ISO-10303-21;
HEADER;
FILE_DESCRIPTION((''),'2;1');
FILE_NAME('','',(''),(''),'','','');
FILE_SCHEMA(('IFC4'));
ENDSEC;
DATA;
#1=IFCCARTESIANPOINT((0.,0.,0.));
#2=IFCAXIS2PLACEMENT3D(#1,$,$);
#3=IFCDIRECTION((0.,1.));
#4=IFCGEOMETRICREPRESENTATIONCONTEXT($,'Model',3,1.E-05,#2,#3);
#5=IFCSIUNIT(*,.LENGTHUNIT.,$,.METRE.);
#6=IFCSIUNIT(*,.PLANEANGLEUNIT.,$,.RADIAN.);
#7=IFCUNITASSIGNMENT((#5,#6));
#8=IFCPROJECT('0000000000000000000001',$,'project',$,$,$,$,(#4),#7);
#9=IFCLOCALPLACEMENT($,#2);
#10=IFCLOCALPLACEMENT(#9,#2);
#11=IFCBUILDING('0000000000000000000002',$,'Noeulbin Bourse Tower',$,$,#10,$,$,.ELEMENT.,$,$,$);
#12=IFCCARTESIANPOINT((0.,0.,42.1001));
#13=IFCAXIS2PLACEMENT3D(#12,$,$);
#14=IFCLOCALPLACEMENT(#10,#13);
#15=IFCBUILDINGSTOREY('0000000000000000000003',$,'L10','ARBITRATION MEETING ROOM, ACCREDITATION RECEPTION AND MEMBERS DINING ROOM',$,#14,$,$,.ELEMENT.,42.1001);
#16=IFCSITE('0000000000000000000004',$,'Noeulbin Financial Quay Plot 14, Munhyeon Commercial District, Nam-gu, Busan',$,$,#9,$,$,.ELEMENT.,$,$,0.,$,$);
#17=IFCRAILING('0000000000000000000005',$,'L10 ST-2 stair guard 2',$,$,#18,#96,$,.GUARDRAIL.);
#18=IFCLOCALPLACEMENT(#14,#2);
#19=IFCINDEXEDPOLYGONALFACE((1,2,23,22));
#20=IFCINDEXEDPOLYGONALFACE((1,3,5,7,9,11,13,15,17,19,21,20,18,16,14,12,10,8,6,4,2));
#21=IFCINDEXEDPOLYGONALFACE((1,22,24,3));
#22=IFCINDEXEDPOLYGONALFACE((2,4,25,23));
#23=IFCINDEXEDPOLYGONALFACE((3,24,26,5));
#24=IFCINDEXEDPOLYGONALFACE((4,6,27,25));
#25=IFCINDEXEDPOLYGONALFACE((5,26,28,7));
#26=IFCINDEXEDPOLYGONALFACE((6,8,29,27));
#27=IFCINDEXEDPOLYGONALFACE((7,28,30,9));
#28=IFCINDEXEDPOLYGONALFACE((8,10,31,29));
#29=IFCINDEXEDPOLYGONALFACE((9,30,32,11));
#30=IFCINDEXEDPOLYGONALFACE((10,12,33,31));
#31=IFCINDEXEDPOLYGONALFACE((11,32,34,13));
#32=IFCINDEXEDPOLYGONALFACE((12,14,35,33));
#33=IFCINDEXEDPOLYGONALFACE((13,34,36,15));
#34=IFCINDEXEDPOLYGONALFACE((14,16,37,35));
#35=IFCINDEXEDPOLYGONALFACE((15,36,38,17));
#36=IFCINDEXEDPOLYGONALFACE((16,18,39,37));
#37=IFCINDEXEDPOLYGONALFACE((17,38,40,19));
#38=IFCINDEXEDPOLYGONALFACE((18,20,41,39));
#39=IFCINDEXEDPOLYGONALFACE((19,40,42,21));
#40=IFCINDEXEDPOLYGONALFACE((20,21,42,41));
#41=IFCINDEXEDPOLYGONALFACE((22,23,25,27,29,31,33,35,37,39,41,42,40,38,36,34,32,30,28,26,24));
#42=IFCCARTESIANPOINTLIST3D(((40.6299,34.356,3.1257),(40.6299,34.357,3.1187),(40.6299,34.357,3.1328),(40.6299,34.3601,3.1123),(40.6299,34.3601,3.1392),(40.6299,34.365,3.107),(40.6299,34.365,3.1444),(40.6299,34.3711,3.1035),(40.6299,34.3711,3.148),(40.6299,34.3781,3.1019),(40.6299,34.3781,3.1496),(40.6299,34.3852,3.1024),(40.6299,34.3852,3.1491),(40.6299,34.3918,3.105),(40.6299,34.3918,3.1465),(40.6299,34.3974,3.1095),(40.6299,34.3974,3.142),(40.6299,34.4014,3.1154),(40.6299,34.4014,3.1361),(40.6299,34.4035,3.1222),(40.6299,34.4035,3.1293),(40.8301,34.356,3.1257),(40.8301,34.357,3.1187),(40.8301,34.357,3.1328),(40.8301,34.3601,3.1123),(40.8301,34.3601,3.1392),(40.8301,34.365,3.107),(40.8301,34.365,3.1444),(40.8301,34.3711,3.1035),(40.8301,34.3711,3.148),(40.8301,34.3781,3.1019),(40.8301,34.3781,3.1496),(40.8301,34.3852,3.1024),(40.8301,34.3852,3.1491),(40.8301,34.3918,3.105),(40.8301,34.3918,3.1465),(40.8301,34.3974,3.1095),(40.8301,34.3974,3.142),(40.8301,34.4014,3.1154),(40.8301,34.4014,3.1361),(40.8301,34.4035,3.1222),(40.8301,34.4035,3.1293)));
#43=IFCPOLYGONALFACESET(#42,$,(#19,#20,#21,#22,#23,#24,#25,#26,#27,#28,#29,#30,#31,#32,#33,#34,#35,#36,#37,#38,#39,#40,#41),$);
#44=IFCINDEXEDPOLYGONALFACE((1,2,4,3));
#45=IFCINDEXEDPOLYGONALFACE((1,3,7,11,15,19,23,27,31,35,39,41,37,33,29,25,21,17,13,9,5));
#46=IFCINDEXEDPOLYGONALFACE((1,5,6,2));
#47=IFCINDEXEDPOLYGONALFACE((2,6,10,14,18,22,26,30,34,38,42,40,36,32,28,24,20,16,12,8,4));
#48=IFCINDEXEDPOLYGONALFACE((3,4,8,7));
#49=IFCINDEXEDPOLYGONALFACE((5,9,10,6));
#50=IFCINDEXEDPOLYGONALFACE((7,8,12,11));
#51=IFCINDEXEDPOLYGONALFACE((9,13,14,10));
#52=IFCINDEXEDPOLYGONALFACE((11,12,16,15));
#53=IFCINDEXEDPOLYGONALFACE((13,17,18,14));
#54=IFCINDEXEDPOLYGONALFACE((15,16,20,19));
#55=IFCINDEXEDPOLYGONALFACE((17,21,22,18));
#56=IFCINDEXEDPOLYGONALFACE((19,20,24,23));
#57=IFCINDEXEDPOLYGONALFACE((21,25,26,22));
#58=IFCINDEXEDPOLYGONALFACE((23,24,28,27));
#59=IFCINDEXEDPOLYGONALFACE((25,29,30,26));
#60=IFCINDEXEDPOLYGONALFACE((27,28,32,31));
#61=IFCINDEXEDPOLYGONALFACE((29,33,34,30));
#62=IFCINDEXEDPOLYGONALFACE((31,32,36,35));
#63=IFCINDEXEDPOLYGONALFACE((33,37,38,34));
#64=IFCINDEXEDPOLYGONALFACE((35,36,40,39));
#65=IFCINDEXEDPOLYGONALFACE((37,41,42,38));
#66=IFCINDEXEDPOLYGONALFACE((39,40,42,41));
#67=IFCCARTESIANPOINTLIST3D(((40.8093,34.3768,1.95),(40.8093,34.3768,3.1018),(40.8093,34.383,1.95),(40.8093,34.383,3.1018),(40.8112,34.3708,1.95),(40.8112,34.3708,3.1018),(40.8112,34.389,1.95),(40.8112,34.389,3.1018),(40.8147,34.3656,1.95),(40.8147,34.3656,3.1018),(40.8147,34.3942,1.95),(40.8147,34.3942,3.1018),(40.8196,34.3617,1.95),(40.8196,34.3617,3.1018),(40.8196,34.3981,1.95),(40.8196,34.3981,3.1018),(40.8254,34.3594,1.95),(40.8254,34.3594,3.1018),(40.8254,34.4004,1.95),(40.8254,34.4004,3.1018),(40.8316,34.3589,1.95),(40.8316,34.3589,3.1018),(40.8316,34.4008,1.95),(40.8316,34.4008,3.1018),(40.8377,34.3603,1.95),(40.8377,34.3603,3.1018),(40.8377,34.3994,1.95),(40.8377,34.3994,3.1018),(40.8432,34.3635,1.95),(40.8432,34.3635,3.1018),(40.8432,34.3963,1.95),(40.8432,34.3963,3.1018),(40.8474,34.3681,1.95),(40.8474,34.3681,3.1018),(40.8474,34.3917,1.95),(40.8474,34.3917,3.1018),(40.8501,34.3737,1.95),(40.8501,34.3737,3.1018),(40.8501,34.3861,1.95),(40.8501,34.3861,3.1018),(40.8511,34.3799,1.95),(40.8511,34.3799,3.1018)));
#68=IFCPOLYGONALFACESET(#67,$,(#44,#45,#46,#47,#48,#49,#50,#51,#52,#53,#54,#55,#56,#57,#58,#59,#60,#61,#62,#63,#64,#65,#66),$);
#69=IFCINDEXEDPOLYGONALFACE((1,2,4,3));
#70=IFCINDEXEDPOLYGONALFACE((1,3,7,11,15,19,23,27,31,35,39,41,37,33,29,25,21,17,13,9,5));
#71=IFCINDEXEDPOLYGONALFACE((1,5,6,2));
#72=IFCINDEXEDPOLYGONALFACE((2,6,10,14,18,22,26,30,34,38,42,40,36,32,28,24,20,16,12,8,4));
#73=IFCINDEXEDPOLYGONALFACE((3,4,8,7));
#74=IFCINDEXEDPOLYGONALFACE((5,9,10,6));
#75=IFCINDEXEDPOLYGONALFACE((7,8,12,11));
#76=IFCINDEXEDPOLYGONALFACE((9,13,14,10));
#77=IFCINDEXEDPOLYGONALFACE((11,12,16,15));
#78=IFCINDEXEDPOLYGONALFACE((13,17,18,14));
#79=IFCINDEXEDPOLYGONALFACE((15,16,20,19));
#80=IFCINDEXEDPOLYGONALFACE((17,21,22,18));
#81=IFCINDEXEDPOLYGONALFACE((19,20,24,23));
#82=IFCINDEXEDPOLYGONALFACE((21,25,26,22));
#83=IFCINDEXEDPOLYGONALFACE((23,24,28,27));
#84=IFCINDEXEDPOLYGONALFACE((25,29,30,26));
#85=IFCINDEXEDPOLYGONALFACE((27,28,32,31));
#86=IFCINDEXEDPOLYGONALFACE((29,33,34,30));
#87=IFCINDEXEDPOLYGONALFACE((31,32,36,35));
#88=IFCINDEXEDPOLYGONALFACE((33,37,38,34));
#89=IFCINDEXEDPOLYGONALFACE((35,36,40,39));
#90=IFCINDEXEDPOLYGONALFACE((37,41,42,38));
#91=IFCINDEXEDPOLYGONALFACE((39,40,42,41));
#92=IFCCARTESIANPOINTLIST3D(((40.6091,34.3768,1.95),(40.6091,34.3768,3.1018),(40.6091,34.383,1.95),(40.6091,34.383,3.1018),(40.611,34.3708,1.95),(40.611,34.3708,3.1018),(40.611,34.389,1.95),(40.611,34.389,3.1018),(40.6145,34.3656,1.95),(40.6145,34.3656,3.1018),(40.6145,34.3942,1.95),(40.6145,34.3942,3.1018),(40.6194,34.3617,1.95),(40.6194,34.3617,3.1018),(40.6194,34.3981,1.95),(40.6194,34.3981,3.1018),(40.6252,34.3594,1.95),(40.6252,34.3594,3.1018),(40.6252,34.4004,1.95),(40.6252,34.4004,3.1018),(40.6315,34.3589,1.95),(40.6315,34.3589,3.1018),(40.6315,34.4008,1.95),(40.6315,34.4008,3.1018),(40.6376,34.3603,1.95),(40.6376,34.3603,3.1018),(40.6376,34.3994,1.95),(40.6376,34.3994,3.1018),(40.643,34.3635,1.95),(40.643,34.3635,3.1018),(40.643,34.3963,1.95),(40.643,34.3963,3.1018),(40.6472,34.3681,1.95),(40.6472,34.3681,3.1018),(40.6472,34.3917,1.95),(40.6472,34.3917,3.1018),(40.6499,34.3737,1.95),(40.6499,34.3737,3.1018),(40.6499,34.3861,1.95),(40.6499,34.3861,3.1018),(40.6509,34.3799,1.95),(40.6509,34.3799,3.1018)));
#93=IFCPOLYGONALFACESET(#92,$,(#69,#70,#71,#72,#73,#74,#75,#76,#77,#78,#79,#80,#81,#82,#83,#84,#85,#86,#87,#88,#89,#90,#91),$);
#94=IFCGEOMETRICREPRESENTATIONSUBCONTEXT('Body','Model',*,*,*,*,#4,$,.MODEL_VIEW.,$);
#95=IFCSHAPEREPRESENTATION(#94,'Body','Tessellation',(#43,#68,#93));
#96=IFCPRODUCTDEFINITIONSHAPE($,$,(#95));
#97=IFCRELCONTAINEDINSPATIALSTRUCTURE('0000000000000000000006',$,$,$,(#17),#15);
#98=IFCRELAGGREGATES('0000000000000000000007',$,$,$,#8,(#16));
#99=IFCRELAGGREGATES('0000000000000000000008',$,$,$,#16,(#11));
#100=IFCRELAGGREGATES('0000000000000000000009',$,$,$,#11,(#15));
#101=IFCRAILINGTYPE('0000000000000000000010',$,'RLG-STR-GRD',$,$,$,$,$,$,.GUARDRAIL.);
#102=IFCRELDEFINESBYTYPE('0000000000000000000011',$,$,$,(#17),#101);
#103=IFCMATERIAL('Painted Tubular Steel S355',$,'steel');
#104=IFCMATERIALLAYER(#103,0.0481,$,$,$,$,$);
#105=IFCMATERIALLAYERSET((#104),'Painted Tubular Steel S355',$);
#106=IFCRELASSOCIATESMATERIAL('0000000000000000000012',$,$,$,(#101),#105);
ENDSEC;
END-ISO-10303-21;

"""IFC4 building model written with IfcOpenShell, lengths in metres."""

from ifc_helpers import new_model, si_unit, direction, frame, origin, origin_2d, place, context, subcontext, project, spatial, circle, extrude, material, layer, layer_set, type_object, element, save


model = new_model("IFC4")

# Units and contexts
model_context = context("Model", 3, precision=1e-05, world=origin(), true_north=direction((0.0, 1.0)))
body_context = subcontext(model_context, "Body", "Model", "MODEL_VIEW")
ifc_project = project(units=[si_unit("LENGTHUNIT", "METRE"), si_unit("PLANEANGLEUNIT", "RADIAN")], contexts=[model_context])

# Site, building, storey
site_placement = place(None, origin())
site = spatial("IfcSite", under=ifc_project, at=site_placement, Name="Noeulbin Financial Quay Plot 14, Munhyeon Commercial District, Nam-gu, Busan", CompositionType="ELEMENT", RefElevation=0.0)
building_placement = place(site_placement, origin())
building = spatial("IfcBuilding", under=site, at=building_placement, Name="Noeulbin Bourse Tower", CompositionType="ELEMENT")
storey_placement = place(building_placement, frame((0.0, 0.0, 42.1001)))
storey = spatial("IfcBuildingStorey", under=building, at=storey_placement, Name="L10", Description="ARBITRATION MEETING ROOM, ACCREDITATION RECEPTION AND MEMBERS DINING ROOM", CompositionType="ELEMENT", Elevation=42.1001)

# Railing
ifc_material_1 = material(Name="Painted Tubular Steel S355", Category="steel")
ifc_layer_1 = layer(ifc_material_1, 0.0481)
ifc_layer_set_1 = layer_set([ifc_layer_1], Name="Painted Tubular Steel S355")
railing_type_1 = type_object("IfcRailingType", Name="RLG-STR-GRD", PredefinedType="GUARDRAIL", material=ifc_layer_set_1)
railing_1_placement = place(storey_placement, frame((40.8301, 34.3799, 1.95)))
element("IfcRailing", 1, at=railing_1_placement, inside=storey, type_object=railing_type_1, Name="L10 ST-2 stair guard 2", PredefinedType="GUARDRAIL", context=body_context, shape_type="SweptSolid", body=[
    extrude(circle(Radius=0.0239, at=origin_2d()), frame((0.0, 0.0, 1.1758), z_axis=(-1.0, 0.0, 0.0), x_axis=(0.0, -1.0, 0.0)), (0.0, 0.0, 1.0), 0.2002),
    extrude(circle(Radius=0.021, at=origin_2d()), origin(), (0.0, 0.0, 1.0), 1.1519),
    extrude(circle(Radius=0.021, at=origin_2d()), frame((-0.2002, 0.0, 0.0)), (0.0, 0.0, 1.0), 1.1519),
])

save(model, "model.ifc")
